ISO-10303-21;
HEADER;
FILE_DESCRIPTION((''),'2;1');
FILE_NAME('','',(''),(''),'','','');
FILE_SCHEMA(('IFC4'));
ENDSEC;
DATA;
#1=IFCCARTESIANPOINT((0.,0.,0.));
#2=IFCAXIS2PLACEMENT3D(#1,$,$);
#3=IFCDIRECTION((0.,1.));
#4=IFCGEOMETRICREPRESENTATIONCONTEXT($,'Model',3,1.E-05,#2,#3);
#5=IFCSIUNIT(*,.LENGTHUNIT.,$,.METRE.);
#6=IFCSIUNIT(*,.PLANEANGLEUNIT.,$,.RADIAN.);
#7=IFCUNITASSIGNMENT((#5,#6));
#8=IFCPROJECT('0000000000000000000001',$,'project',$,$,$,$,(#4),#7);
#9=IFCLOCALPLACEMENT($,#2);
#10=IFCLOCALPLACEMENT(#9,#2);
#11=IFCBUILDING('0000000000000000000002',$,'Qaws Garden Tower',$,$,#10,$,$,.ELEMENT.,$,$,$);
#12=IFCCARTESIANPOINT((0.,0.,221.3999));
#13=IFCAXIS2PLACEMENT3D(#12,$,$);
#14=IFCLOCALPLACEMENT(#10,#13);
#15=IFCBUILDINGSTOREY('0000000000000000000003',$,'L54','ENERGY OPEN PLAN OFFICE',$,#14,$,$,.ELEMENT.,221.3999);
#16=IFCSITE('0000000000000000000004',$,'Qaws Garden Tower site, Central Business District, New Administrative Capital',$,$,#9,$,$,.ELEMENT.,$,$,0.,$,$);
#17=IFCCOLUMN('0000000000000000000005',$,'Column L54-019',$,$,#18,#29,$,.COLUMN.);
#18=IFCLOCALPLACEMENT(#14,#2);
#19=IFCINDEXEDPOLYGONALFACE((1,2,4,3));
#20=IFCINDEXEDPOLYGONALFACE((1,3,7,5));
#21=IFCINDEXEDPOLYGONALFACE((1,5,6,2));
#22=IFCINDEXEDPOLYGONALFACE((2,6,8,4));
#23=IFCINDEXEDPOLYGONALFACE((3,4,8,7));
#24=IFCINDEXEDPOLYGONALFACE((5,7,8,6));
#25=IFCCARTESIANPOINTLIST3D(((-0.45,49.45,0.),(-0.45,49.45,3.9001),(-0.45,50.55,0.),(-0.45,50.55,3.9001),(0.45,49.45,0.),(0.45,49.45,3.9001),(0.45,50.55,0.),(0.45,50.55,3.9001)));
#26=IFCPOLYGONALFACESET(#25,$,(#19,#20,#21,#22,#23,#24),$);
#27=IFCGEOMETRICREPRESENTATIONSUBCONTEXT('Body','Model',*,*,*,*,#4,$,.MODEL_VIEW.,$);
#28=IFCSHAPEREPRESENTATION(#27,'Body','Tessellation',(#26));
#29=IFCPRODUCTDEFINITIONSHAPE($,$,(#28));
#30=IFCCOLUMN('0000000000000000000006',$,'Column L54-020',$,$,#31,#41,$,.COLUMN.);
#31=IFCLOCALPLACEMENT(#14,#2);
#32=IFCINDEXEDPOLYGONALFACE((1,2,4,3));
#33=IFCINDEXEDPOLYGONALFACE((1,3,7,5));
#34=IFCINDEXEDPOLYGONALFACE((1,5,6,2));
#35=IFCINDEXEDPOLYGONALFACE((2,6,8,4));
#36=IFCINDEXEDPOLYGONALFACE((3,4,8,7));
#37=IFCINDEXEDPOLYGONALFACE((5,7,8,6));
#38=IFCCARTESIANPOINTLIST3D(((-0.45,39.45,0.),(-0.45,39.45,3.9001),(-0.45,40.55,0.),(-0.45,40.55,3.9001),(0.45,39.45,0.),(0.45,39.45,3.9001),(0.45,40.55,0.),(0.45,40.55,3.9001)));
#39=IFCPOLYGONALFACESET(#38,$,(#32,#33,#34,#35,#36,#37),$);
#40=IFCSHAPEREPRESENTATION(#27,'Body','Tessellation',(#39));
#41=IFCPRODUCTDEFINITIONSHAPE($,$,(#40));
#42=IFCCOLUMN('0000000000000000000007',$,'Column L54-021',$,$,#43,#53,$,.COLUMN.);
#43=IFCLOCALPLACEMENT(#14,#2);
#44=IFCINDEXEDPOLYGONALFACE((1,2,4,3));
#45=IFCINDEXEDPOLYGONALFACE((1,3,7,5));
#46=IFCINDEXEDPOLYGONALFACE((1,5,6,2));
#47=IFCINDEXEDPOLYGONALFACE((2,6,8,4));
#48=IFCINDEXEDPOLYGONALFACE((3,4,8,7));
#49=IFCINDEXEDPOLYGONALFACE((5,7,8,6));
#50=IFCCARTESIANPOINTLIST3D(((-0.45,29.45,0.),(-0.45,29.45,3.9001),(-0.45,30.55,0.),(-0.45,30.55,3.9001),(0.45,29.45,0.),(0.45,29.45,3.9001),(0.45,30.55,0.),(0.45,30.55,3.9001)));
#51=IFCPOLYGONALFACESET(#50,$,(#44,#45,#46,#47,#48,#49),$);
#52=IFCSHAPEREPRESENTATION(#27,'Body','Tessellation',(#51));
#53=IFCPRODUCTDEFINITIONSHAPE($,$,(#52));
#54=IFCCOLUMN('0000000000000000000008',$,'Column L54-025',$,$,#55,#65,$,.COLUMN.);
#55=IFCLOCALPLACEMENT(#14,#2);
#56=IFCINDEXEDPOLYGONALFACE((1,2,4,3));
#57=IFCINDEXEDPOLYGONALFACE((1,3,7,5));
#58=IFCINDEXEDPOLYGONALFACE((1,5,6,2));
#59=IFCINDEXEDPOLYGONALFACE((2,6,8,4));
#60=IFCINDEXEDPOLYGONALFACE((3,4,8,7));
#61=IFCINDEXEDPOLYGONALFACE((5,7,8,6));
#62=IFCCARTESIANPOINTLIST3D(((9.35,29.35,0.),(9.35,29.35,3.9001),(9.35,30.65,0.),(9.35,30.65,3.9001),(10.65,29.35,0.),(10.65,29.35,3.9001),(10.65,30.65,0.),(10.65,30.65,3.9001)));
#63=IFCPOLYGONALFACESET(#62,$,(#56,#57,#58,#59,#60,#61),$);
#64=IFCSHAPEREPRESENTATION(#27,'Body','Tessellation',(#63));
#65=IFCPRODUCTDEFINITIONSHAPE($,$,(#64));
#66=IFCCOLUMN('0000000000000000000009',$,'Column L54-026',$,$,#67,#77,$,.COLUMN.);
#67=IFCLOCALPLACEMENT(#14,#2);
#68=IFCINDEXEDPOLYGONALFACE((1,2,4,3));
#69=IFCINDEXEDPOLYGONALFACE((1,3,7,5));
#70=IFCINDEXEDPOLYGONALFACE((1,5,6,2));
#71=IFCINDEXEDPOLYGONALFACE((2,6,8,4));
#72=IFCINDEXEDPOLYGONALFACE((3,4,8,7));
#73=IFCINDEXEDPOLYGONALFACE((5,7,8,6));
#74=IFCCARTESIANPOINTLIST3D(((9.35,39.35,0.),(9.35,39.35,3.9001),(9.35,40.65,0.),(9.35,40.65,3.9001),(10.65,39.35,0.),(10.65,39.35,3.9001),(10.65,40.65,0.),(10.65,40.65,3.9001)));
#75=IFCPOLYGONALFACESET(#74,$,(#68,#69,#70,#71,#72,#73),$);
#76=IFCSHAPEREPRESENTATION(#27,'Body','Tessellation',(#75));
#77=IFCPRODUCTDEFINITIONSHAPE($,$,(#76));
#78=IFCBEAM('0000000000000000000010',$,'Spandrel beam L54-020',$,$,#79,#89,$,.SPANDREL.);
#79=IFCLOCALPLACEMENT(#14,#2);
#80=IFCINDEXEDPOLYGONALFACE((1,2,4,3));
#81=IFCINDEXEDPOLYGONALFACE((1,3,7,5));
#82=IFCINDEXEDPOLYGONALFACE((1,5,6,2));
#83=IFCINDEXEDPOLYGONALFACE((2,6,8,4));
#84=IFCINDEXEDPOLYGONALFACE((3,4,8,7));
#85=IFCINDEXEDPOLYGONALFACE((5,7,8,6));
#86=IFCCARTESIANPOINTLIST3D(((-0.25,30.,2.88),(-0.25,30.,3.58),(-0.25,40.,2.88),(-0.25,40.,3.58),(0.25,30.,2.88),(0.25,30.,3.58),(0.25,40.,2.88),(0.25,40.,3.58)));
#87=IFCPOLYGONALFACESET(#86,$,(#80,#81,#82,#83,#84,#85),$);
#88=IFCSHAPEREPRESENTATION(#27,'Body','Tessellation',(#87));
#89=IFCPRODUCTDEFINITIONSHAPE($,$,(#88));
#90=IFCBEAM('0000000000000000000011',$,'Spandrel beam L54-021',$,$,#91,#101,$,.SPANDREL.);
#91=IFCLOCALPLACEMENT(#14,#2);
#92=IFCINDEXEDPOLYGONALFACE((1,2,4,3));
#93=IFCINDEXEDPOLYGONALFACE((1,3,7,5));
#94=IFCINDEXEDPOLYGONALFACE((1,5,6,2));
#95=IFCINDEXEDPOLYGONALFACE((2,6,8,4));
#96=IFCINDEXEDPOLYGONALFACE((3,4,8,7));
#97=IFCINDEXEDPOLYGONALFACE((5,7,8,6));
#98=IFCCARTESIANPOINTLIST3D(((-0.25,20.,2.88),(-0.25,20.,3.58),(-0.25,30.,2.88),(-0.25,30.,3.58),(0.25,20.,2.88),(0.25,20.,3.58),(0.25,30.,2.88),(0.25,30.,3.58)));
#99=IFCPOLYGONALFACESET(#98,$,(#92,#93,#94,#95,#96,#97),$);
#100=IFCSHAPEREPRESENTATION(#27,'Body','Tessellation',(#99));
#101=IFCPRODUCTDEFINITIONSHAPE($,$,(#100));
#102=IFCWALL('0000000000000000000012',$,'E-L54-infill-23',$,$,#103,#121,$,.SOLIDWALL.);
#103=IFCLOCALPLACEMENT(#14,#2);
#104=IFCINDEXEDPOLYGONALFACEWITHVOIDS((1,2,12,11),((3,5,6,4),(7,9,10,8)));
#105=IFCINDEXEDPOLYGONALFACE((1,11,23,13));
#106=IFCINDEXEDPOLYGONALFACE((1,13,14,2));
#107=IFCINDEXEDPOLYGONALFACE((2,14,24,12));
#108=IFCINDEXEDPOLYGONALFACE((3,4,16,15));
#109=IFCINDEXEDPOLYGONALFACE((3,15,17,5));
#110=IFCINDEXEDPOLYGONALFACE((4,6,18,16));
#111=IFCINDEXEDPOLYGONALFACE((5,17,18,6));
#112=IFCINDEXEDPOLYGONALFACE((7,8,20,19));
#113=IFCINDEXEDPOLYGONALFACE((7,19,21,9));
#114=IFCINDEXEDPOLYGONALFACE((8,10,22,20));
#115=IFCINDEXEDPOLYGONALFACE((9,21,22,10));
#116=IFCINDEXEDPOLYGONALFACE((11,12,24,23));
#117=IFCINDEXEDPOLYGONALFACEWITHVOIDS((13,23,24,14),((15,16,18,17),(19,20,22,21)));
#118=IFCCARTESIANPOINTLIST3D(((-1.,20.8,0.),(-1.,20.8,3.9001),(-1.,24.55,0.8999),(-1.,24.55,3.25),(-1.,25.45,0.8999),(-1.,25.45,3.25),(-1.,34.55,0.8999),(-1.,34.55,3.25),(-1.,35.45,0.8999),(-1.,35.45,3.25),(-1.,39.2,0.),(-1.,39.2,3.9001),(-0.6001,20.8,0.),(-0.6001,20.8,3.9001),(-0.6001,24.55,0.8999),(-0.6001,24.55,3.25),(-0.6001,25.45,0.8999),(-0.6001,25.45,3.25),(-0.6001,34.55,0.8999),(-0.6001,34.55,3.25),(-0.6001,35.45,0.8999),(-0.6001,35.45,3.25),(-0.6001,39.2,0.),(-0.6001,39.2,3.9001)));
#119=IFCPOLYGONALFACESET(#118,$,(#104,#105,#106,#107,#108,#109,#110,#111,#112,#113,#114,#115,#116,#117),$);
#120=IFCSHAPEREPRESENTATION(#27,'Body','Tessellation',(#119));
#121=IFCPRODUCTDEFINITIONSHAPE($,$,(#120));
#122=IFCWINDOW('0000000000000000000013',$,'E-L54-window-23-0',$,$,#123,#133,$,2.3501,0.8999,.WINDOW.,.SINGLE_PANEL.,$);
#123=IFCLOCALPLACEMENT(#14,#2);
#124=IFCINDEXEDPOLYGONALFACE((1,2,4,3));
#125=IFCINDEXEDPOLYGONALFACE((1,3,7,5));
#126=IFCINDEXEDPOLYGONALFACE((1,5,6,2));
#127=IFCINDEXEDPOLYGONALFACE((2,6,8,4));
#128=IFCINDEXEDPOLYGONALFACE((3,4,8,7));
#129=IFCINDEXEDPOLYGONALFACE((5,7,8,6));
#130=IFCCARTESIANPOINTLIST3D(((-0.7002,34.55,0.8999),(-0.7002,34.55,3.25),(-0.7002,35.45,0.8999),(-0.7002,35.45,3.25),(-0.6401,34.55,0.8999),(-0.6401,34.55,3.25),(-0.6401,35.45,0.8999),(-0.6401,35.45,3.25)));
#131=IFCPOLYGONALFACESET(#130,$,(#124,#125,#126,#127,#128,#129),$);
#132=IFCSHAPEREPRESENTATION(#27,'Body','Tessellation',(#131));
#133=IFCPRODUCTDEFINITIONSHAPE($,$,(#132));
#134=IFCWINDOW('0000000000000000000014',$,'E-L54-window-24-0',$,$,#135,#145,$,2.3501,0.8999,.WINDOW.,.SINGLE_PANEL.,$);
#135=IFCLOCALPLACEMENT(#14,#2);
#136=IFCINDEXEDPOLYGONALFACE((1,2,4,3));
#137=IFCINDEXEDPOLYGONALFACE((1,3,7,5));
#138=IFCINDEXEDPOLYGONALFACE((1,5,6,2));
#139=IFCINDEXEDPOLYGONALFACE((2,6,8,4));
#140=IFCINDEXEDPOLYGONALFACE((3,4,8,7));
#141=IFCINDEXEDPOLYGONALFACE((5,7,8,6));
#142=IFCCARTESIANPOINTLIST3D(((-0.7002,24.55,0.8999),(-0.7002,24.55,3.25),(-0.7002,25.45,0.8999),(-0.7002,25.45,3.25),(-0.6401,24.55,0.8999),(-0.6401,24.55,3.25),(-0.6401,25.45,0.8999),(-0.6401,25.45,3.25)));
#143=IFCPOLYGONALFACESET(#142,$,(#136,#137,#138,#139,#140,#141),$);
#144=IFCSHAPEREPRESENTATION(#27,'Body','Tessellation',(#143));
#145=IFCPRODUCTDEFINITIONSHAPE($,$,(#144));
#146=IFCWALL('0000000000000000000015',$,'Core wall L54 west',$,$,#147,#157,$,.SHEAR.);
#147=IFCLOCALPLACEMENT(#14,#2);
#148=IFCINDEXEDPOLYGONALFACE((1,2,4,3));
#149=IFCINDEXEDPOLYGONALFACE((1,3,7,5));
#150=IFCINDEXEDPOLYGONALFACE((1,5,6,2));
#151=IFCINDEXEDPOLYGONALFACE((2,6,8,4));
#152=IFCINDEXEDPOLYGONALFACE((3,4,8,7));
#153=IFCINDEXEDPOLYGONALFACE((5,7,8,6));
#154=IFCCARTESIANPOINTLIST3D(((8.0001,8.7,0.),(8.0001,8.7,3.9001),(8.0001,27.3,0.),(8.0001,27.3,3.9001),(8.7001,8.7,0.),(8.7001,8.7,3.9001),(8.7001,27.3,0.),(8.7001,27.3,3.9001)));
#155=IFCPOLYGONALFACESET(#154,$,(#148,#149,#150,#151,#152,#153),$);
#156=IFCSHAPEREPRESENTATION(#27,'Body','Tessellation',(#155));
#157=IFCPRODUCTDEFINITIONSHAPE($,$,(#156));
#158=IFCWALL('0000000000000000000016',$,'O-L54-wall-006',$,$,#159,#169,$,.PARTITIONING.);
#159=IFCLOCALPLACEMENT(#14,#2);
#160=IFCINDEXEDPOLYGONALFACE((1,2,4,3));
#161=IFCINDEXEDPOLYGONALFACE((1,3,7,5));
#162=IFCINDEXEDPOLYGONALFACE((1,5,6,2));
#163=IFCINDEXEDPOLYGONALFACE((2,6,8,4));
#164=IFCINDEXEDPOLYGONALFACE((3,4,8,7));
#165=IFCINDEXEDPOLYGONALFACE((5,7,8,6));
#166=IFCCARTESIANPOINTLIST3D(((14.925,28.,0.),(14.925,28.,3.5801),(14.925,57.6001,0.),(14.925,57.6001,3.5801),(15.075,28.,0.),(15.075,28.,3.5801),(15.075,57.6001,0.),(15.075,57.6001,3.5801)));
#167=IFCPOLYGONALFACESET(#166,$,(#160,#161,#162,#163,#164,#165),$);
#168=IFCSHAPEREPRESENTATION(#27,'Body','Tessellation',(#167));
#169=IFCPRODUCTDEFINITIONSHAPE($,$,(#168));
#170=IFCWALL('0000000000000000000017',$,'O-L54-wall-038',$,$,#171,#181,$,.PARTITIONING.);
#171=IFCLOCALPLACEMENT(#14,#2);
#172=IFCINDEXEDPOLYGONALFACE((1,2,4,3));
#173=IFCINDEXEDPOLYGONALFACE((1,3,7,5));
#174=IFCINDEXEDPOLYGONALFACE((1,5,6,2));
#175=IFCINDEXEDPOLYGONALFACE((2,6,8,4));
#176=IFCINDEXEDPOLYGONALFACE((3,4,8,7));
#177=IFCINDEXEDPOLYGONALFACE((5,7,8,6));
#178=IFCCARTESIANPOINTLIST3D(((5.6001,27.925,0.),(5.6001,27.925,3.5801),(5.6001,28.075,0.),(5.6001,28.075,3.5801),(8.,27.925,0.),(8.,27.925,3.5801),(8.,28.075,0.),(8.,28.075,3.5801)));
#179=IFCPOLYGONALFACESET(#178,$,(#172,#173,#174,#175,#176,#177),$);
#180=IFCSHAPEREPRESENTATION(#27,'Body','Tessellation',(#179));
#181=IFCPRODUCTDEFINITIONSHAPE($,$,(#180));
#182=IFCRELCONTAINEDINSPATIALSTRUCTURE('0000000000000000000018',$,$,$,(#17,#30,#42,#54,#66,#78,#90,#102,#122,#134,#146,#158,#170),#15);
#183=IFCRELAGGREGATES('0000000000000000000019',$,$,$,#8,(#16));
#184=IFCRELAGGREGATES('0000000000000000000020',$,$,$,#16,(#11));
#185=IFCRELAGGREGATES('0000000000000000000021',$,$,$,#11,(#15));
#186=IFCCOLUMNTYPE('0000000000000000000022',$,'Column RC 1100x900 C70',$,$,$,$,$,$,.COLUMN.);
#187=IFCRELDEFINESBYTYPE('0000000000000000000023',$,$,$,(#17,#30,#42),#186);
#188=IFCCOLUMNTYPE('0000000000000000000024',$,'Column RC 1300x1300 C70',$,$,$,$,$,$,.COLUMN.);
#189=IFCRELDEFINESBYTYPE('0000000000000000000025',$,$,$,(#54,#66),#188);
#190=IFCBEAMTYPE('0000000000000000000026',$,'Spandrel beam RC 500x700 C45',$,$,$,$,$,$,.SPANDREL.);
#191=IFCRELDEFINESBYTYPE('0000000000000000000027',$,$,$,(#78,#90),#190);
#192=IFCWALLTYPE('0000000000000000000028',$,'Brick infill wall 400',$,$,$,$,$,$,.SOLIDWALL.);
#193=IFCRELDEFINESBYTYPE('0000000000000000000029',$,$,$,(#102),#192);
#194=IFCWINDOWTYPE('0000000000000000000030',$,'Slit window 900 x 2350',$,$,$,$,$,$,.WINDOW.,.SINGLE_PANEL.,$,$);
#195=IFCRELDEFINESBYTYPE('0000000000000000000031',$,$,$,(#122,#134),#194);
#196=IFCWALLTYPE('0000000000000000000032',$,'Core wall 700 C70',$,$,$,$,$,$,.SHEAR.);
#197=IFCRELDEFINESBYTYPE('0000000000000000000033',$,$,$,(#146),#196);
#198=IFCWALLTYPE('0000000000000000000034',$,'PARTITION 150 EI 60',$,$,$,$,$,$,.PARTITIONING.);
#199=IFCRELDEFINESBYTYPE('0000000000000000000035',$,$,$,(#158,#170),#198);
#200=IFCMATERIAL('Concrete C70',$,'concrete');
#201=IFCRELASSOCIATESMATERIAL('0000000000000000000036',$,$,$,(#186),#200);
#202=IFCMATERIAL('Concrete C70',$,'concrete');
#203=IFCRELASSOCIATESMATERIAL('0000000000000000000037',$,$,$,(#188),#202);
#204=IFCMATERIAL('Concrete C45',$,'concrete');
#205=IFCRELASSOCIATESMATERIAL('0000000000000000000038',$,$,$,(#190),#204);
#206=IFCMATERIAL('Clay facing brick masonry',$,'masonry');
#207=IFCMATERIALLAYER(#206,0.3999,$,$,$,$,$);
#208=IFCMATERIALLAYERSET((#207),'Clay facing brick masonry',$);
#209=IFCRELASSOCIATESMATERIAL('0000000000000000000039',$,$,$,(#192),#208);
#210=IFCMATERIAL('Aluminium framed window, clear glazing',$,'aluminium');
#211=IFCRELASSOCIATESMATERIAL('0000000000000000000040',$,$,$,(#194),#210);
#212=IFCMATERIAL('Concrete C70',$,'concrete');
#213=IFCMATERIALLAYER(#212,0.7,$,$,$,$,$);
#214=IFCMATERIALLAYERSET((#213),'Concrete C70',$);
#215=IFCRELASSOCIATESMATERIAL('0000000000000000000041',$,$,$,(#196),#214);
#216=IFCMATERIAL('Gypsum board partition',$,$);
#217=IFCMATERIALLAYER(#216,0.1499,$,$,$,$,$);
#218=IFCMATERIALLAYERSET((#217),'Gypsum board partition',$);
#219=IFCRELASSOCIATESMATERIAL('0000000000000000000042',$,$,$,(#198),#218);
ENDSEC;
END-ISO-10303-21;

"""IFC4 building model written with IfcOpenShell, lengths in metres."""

from ifc_helpers import new_model, si_unit, direction, frame, frame_2d, origin, origin_2d, place, context, subcontext, project, spatial, rectangle, extrude, material, layer, layer_set, material_profile, profile_set, type_object, element, fill, save


model = new_model("IFC4")

# Units and contexts
model_context = context("Model", 3, precision=1e-05, world=origin(), true_north=direction((0.0, 1.0)))
body_context = subcontext(model_context, "Body", "Model", "MODEL_VIEW")
ifc_project = project(units=[si_unit("LENGTHUNIT", "METRE"), si_unit("PLANEANGLEUNIT", "RADIAN")], contexts=[model_context])

# Site, building, storey
site_placement = place(None, origin())
site = spatial("IfcSite", under=ifc_project, at=site_placement, Name="Qaws Garden Tower site, Central Business District, New Administrative Capital", CompositionType="ELEMENT", RefElevation=0.0)
building_placement = place(site_placement, origin())
building = spatial("IfcBuilding", under=site, at=building_placement, Name="Qaws Garden Tower", CompositionType="ELEMENT")
storey_placement = place(building_placement, frame((0.0, 0.0, 221.3999)))
storey = spatial("IfcBuildingStorey", under=building, at=storey_placement, Name="L54", Description="ENERGY OPEN PLAN OFFICE", CompositionType="ELEMENT", Elevation=221.3999)

# Columns
ifc_material_1 = material(Name="Concrete C70", Category="concrete")
ifc_material_profile_1 = material_profile(ifc_material_1, rectangle(XDim=1.1001, YDim=0.8999, at=origin_2d()), Name="RC 1100x900")
ifc_profile_set_1 = profile_set([ifc_material_profile_1], Name="Concrete C70")
column_type_1 = type_object("IfcColumnType", Name="Column RC 1100x900 C70", PredefinedType="COLUMN", material=ifc_profile_set_1)
for number, where, z_axis, x_axis, name in (
    (1, (0.0, 50.0, 0.0), (0.0, 0.0, 1.0), (0.0, 1.0, 0.0), "Column L54-019"),
    (2, (0.0, 40.0, 0.0), (0.0, 0.0, 1.0), (0.0, 1.0, 0.0), "Column L54-020"),
    (3, (0.0, 30.0, 0.0), (0.0, 0.0, 1.0), (0.0, 1.0, 0.0), "Column L54-021"),
):
    element("IfcColumn", number, at=place(storey_placement, frame(where, z_axis=z_axis, x_axis=x_axis)), inside=storey, type_object=column_type_1, Name=name, PredefinedType="COLUMN", context=body_context, shape_type="SweptSolid", body=[
        extrude(rectangle(XDim=1.1001, YDim=0.8999, at=origin_2d()), origin(), (0.0, 0.0, 1.0), 3.9001),
    ])
ifc_material_2 = material(Name="Concrete C70", Category="concrete")
ifc_material_profile_2 = material_profile(ifc_material_2, rectangle(XDim=1.3, YDim=1.3, at=origin_2d()), Name="RC 1300x1300")
ifc_profile_set_2 = profile_set([ifc_material_profile_2], Name="Concrete C70")
column_type_2 = type_object("IfcColumnType", Name="Column RC 1300x1300 C70", PredefinedType="COLUMN", material=ifc_profile_set_2)
for number, where, z_axis, x_axis, name in (
    (4, (10.0, 30.0, 0.0), (0.0, 0.0, 1.0), (1.0, 0.0, 0.0), "Column L54-025"),
    (5, (10.0, 40.0, 0.0), (0.0, 0.0, 1.0), (1.0, 0.0, 0.0), "Column L54-026"),
):
    element("IfcColumn", number, at=place(storey_placement, frame(where, z_axis=z_axis, x_axis=x_axis)), inside=storey, type_object=column_type_2, Name=name, PredefinedType="COLUMN", context=body_context, shape_type="SweptSolid", body=[
        extrude(rectangle(XDim=1.3, YDim=1.3, at=origin_2d()), origin(), (0.0, 0.0, 1.0), 3.9001),
    ])

# Beams
ifc_material_3 = material(Name="Concrete C45", Category="concrete")
ifc_material_profile_3 = material_profile(ifc_material_3, rectangle(XDim=0.5, YDim=0.7, at=origin_2d()), Name="RC 500x700")
ifc_profile_set_3 = profile_set([ifc_material_profile_3], Name="Concrete C45")
beam_type = type_object("IfcBeamType", Name="Spandrel beam RC 500x700 C45", PredefinedType="SPANDREL", material=ifc_profile_set_3)
for number, where, z_axis, x_axis, name in (
    (6, (0.0, 40.0, 3.23), (0.0, -1.0, 0.0), (1.0, 0.0, 0.0), "Spandrel beam L54-020"),
    (7, (0.0, 30.0, 3.23), (0.0, -1.0, 0.0), (1.0, 0.0, 0.0), "Spandrel beam L54-021"),
):
    element("IfcBeam", number, at=place(storey_placement, frame(where, z_axis=z_axis, x_axis=x_axis)), inside=storey, type_object=beam_type, Name=name, PredefinedType="SPANDREL", context=body_context, shape_type="SweptSolid", body=[
        extrude(rectangle(XDim=0.5, YDim=0.7, at=origin_2d()), origin(), (0.0, 0.0, 1.0), 10.0),
    ])

# Wall, openings, windows
ifc_material_4 = material(Name="Clay facing brick masonry", Category="masonry")
ifc_layer_1 = layer(ifc_material_4, 0.3999)
ifc_layer_set_1 = layer_set([ifc_layer_1], Name="Clay facing brick masonry")
wall_type_1 = type_object("IfcWallType", Name="Brick infill wall 400", PredefinedType="SOLIDWALL", material=ifc_layer_set_1)
wall_1_placement = place(storey_placement, frame((-0.8, 39.2, 0.0), z_axis=(0.0, 0.0, 1.0), x_axis=(0.0, -1.0, 0.0)))
wall_1 = element("IfcWall", 8, at=wall_1_placement, inside=storey, type_object=wall_type_1, Name="E-L54-infill-23", PredefinedType="SOLIDWALL", context=body_context, shape_type="SweptSolid", body=[
    extrude(rectangle(XDim=18.3999, YDim=0.3999, at=frame_2d((9.2, 0.0))), origin(), (0.0, 0.0, 1.0), 3.9001),
])
opening_1_placement = place(wall_1_placement, frame((3.75, 0.0, 0.8999)))
opening_1 = element("IfcOpeningElement", 9, at=opening_1_placement, cuts=wall_1, PredefinedType="OPENING", context=body_context, shape_type="SweptSolid", body=[
    extrude(rectangle(XDim=0.8999, YDim=2.3501, at=frame_2d((0.45, 1.175))), frame((0.0, 0.21, 0.0), z_axis=(0.0, -1.0, 0.0), x_axis=(1.0, 0.0, 0.0)), (0.0, 0.0, 1.0), 0.4199),
])
opening_2_placement = place(wall_1_placement, frame((13.75, 0.0, 0.8999)))
opening_2 = element("IfcOpeningElement", 10, at=opening_2_placement, cuts=wall_1, PredefinedType="OPENING", context=body_context, shape_type="SweptSolid", body=[
    extrude(rectangle(XDim=0.8999, YDim=2.3501, at=frame_2d((0.45, 1.175))), frame((0.0, 0.21, 0.0), z_axis=(0.0, -1.0, 0.0), x_axis=(1.0, 0.0, 0.0)), (0.0, 0.0, 1.0), 0.4199),
])
ifc_material_5 = material(Name="Aluminium framed window, clear glazing", Category="aluminium")
window_type = type_object("IfcWindowType", Name="Slit window 900 x 2350", PartitioningType="SINGLE_PANEL", PredefinedType="WINDOW", material=ifc_material_5)
window_1_placement = place(opening_1_placement, origin())
window_1 = element("IfcWindow", 11, at=window_1_placement, inside=storey, type_object=window_type, Name="E-L54-window-23-0", OverallHeight=2.3501, OverallWidth=0.8999, PartitioningType="SINGLE_PANEL", PredefinedType="WINDOW", context=body_context, shape_type="SweptSolid", body=[
    extrude(rectangle(XDim=0.8999, YDim=2.3501, at=frame_2d((0.45, 1.175))), frame((0.0, 0.1599, 0.0), z_axis=(0.0, -1.0, 0.0), x_axis=(1.0, 0.0, 0.0)), (0.0, 0.0, 1.0), 0.0601),
])
fill(opening_1, window_1)
window_2_placement = place(opening_2_placement, origin())
window_2 = element("IfcWindow", 12, at=window_2_placement, inside=storey, type_object=window_type, Name="E-L54-window-24-0", OverallHeight=2.3501, OverallWidth=0.8999, PartitioningType="SINGLE_PANEL", PredefinedType="WINDOW", context=body_context, shape_type="SweptSolid", body=[
    extrude(rectangle(XDim=0.8999, YDim=2.3501, at=frame_2d((0.45, 1.175))), frame((0.0, 0.1599, 0.0), z_axis=(0.0, -1.0, 0.0), x_axis=(1.0, 0.0, 0.0)), (0.0, 0.0, 1.0), 0.0601),
])
fill(opening_2, window_2)

# Walls
ifc_material_6 = material(Name="Concrete C70", Category="concrete")
ifc_layer_2 = layer(ifc_material_6, 0.7)
ifc_layer_set_2 = layer_set([ifc_layer_2], Name="Concrete C70")
wall_type_2 = type_object("IfcWallType", Name="Core wall 700 C70", PredefinedType="SHEAR", material=ifc_layer_set_2)
wall_2_placement = place(storey_placement, frame((8.3501, 27.3, 0.0), z_axis=(0.0, 0.0, 1.0), x_axis=(0.0, -1.0, 0.0)))
element("IfcWall", 13, at=wall_2_placement, inside=storey, type_object=wall_type_2, Name="Core wall L54 west", PredefinedType="SHEAR", context=body_context, shape_type="SweptSolid", body=[
    extrude(rectangle(XDim=18.6001, YDim=0.7, at=frame_2d((9.3, 0.0))), origin(), (0.0, 0.0, 1.0), 3.9001),
])
ifc_material_7 = material(Name="Gypsum board partition")
ifc_layer_3 = layer(ifc_material_7, 0.1499)
ifc_layer_set_3 = layer_set([ifc_layer_3], Name="Gypsum board partition")
wall_type_3 = type_object("IfcWallType", Name="PARTITION 150 EI 60", PredefinedType="PARTITIONING", material=ifc_layer_set_3)
wall_3_placement = place(storey_placement, frame((15.0, 28.0, 0.0), z_axis=(0.0, 0.0, 1.0), x_axis=(0.0, 1.0, 0.0)))
element("IfcWall", 14, at=wall_3_placement, inside=storey, type_object=wall_type_3, Name="O-L54-wall-006", PredefinedType="PARTITIONING", context=body_context, shape_type="SweptSolid", body=[
    extrude(rectangle(XDim=29.6001, YDim=0.1499, at=frame_2d((14.8, 0.0))), origin(), (0.0, 0.0, 1.0), 3.5801),
])
wall_4_placement = place(storey_placement, frame((5.6001, 28.0, 0.0), z_axis=(0.0, 0.0, 1.0), x_axis=(1.0, 0.0, 0.0)))
element("IfcWall", 15, at=wall_4_placement, inside=storey, type_object=wall_type_3, Name="O-L54-wall-038", PredefinedType="PARTITIONING", context=body_context, shape_type="SweptSolid", body=[
    extrude(rectangle(XDim=2.3999, YDim=0.1499, at=frame_2d((1.2, 0.0))), origin(), (0.0, 0.0, 1.0), 3.5801),
])

save(model, "model.ifc")
